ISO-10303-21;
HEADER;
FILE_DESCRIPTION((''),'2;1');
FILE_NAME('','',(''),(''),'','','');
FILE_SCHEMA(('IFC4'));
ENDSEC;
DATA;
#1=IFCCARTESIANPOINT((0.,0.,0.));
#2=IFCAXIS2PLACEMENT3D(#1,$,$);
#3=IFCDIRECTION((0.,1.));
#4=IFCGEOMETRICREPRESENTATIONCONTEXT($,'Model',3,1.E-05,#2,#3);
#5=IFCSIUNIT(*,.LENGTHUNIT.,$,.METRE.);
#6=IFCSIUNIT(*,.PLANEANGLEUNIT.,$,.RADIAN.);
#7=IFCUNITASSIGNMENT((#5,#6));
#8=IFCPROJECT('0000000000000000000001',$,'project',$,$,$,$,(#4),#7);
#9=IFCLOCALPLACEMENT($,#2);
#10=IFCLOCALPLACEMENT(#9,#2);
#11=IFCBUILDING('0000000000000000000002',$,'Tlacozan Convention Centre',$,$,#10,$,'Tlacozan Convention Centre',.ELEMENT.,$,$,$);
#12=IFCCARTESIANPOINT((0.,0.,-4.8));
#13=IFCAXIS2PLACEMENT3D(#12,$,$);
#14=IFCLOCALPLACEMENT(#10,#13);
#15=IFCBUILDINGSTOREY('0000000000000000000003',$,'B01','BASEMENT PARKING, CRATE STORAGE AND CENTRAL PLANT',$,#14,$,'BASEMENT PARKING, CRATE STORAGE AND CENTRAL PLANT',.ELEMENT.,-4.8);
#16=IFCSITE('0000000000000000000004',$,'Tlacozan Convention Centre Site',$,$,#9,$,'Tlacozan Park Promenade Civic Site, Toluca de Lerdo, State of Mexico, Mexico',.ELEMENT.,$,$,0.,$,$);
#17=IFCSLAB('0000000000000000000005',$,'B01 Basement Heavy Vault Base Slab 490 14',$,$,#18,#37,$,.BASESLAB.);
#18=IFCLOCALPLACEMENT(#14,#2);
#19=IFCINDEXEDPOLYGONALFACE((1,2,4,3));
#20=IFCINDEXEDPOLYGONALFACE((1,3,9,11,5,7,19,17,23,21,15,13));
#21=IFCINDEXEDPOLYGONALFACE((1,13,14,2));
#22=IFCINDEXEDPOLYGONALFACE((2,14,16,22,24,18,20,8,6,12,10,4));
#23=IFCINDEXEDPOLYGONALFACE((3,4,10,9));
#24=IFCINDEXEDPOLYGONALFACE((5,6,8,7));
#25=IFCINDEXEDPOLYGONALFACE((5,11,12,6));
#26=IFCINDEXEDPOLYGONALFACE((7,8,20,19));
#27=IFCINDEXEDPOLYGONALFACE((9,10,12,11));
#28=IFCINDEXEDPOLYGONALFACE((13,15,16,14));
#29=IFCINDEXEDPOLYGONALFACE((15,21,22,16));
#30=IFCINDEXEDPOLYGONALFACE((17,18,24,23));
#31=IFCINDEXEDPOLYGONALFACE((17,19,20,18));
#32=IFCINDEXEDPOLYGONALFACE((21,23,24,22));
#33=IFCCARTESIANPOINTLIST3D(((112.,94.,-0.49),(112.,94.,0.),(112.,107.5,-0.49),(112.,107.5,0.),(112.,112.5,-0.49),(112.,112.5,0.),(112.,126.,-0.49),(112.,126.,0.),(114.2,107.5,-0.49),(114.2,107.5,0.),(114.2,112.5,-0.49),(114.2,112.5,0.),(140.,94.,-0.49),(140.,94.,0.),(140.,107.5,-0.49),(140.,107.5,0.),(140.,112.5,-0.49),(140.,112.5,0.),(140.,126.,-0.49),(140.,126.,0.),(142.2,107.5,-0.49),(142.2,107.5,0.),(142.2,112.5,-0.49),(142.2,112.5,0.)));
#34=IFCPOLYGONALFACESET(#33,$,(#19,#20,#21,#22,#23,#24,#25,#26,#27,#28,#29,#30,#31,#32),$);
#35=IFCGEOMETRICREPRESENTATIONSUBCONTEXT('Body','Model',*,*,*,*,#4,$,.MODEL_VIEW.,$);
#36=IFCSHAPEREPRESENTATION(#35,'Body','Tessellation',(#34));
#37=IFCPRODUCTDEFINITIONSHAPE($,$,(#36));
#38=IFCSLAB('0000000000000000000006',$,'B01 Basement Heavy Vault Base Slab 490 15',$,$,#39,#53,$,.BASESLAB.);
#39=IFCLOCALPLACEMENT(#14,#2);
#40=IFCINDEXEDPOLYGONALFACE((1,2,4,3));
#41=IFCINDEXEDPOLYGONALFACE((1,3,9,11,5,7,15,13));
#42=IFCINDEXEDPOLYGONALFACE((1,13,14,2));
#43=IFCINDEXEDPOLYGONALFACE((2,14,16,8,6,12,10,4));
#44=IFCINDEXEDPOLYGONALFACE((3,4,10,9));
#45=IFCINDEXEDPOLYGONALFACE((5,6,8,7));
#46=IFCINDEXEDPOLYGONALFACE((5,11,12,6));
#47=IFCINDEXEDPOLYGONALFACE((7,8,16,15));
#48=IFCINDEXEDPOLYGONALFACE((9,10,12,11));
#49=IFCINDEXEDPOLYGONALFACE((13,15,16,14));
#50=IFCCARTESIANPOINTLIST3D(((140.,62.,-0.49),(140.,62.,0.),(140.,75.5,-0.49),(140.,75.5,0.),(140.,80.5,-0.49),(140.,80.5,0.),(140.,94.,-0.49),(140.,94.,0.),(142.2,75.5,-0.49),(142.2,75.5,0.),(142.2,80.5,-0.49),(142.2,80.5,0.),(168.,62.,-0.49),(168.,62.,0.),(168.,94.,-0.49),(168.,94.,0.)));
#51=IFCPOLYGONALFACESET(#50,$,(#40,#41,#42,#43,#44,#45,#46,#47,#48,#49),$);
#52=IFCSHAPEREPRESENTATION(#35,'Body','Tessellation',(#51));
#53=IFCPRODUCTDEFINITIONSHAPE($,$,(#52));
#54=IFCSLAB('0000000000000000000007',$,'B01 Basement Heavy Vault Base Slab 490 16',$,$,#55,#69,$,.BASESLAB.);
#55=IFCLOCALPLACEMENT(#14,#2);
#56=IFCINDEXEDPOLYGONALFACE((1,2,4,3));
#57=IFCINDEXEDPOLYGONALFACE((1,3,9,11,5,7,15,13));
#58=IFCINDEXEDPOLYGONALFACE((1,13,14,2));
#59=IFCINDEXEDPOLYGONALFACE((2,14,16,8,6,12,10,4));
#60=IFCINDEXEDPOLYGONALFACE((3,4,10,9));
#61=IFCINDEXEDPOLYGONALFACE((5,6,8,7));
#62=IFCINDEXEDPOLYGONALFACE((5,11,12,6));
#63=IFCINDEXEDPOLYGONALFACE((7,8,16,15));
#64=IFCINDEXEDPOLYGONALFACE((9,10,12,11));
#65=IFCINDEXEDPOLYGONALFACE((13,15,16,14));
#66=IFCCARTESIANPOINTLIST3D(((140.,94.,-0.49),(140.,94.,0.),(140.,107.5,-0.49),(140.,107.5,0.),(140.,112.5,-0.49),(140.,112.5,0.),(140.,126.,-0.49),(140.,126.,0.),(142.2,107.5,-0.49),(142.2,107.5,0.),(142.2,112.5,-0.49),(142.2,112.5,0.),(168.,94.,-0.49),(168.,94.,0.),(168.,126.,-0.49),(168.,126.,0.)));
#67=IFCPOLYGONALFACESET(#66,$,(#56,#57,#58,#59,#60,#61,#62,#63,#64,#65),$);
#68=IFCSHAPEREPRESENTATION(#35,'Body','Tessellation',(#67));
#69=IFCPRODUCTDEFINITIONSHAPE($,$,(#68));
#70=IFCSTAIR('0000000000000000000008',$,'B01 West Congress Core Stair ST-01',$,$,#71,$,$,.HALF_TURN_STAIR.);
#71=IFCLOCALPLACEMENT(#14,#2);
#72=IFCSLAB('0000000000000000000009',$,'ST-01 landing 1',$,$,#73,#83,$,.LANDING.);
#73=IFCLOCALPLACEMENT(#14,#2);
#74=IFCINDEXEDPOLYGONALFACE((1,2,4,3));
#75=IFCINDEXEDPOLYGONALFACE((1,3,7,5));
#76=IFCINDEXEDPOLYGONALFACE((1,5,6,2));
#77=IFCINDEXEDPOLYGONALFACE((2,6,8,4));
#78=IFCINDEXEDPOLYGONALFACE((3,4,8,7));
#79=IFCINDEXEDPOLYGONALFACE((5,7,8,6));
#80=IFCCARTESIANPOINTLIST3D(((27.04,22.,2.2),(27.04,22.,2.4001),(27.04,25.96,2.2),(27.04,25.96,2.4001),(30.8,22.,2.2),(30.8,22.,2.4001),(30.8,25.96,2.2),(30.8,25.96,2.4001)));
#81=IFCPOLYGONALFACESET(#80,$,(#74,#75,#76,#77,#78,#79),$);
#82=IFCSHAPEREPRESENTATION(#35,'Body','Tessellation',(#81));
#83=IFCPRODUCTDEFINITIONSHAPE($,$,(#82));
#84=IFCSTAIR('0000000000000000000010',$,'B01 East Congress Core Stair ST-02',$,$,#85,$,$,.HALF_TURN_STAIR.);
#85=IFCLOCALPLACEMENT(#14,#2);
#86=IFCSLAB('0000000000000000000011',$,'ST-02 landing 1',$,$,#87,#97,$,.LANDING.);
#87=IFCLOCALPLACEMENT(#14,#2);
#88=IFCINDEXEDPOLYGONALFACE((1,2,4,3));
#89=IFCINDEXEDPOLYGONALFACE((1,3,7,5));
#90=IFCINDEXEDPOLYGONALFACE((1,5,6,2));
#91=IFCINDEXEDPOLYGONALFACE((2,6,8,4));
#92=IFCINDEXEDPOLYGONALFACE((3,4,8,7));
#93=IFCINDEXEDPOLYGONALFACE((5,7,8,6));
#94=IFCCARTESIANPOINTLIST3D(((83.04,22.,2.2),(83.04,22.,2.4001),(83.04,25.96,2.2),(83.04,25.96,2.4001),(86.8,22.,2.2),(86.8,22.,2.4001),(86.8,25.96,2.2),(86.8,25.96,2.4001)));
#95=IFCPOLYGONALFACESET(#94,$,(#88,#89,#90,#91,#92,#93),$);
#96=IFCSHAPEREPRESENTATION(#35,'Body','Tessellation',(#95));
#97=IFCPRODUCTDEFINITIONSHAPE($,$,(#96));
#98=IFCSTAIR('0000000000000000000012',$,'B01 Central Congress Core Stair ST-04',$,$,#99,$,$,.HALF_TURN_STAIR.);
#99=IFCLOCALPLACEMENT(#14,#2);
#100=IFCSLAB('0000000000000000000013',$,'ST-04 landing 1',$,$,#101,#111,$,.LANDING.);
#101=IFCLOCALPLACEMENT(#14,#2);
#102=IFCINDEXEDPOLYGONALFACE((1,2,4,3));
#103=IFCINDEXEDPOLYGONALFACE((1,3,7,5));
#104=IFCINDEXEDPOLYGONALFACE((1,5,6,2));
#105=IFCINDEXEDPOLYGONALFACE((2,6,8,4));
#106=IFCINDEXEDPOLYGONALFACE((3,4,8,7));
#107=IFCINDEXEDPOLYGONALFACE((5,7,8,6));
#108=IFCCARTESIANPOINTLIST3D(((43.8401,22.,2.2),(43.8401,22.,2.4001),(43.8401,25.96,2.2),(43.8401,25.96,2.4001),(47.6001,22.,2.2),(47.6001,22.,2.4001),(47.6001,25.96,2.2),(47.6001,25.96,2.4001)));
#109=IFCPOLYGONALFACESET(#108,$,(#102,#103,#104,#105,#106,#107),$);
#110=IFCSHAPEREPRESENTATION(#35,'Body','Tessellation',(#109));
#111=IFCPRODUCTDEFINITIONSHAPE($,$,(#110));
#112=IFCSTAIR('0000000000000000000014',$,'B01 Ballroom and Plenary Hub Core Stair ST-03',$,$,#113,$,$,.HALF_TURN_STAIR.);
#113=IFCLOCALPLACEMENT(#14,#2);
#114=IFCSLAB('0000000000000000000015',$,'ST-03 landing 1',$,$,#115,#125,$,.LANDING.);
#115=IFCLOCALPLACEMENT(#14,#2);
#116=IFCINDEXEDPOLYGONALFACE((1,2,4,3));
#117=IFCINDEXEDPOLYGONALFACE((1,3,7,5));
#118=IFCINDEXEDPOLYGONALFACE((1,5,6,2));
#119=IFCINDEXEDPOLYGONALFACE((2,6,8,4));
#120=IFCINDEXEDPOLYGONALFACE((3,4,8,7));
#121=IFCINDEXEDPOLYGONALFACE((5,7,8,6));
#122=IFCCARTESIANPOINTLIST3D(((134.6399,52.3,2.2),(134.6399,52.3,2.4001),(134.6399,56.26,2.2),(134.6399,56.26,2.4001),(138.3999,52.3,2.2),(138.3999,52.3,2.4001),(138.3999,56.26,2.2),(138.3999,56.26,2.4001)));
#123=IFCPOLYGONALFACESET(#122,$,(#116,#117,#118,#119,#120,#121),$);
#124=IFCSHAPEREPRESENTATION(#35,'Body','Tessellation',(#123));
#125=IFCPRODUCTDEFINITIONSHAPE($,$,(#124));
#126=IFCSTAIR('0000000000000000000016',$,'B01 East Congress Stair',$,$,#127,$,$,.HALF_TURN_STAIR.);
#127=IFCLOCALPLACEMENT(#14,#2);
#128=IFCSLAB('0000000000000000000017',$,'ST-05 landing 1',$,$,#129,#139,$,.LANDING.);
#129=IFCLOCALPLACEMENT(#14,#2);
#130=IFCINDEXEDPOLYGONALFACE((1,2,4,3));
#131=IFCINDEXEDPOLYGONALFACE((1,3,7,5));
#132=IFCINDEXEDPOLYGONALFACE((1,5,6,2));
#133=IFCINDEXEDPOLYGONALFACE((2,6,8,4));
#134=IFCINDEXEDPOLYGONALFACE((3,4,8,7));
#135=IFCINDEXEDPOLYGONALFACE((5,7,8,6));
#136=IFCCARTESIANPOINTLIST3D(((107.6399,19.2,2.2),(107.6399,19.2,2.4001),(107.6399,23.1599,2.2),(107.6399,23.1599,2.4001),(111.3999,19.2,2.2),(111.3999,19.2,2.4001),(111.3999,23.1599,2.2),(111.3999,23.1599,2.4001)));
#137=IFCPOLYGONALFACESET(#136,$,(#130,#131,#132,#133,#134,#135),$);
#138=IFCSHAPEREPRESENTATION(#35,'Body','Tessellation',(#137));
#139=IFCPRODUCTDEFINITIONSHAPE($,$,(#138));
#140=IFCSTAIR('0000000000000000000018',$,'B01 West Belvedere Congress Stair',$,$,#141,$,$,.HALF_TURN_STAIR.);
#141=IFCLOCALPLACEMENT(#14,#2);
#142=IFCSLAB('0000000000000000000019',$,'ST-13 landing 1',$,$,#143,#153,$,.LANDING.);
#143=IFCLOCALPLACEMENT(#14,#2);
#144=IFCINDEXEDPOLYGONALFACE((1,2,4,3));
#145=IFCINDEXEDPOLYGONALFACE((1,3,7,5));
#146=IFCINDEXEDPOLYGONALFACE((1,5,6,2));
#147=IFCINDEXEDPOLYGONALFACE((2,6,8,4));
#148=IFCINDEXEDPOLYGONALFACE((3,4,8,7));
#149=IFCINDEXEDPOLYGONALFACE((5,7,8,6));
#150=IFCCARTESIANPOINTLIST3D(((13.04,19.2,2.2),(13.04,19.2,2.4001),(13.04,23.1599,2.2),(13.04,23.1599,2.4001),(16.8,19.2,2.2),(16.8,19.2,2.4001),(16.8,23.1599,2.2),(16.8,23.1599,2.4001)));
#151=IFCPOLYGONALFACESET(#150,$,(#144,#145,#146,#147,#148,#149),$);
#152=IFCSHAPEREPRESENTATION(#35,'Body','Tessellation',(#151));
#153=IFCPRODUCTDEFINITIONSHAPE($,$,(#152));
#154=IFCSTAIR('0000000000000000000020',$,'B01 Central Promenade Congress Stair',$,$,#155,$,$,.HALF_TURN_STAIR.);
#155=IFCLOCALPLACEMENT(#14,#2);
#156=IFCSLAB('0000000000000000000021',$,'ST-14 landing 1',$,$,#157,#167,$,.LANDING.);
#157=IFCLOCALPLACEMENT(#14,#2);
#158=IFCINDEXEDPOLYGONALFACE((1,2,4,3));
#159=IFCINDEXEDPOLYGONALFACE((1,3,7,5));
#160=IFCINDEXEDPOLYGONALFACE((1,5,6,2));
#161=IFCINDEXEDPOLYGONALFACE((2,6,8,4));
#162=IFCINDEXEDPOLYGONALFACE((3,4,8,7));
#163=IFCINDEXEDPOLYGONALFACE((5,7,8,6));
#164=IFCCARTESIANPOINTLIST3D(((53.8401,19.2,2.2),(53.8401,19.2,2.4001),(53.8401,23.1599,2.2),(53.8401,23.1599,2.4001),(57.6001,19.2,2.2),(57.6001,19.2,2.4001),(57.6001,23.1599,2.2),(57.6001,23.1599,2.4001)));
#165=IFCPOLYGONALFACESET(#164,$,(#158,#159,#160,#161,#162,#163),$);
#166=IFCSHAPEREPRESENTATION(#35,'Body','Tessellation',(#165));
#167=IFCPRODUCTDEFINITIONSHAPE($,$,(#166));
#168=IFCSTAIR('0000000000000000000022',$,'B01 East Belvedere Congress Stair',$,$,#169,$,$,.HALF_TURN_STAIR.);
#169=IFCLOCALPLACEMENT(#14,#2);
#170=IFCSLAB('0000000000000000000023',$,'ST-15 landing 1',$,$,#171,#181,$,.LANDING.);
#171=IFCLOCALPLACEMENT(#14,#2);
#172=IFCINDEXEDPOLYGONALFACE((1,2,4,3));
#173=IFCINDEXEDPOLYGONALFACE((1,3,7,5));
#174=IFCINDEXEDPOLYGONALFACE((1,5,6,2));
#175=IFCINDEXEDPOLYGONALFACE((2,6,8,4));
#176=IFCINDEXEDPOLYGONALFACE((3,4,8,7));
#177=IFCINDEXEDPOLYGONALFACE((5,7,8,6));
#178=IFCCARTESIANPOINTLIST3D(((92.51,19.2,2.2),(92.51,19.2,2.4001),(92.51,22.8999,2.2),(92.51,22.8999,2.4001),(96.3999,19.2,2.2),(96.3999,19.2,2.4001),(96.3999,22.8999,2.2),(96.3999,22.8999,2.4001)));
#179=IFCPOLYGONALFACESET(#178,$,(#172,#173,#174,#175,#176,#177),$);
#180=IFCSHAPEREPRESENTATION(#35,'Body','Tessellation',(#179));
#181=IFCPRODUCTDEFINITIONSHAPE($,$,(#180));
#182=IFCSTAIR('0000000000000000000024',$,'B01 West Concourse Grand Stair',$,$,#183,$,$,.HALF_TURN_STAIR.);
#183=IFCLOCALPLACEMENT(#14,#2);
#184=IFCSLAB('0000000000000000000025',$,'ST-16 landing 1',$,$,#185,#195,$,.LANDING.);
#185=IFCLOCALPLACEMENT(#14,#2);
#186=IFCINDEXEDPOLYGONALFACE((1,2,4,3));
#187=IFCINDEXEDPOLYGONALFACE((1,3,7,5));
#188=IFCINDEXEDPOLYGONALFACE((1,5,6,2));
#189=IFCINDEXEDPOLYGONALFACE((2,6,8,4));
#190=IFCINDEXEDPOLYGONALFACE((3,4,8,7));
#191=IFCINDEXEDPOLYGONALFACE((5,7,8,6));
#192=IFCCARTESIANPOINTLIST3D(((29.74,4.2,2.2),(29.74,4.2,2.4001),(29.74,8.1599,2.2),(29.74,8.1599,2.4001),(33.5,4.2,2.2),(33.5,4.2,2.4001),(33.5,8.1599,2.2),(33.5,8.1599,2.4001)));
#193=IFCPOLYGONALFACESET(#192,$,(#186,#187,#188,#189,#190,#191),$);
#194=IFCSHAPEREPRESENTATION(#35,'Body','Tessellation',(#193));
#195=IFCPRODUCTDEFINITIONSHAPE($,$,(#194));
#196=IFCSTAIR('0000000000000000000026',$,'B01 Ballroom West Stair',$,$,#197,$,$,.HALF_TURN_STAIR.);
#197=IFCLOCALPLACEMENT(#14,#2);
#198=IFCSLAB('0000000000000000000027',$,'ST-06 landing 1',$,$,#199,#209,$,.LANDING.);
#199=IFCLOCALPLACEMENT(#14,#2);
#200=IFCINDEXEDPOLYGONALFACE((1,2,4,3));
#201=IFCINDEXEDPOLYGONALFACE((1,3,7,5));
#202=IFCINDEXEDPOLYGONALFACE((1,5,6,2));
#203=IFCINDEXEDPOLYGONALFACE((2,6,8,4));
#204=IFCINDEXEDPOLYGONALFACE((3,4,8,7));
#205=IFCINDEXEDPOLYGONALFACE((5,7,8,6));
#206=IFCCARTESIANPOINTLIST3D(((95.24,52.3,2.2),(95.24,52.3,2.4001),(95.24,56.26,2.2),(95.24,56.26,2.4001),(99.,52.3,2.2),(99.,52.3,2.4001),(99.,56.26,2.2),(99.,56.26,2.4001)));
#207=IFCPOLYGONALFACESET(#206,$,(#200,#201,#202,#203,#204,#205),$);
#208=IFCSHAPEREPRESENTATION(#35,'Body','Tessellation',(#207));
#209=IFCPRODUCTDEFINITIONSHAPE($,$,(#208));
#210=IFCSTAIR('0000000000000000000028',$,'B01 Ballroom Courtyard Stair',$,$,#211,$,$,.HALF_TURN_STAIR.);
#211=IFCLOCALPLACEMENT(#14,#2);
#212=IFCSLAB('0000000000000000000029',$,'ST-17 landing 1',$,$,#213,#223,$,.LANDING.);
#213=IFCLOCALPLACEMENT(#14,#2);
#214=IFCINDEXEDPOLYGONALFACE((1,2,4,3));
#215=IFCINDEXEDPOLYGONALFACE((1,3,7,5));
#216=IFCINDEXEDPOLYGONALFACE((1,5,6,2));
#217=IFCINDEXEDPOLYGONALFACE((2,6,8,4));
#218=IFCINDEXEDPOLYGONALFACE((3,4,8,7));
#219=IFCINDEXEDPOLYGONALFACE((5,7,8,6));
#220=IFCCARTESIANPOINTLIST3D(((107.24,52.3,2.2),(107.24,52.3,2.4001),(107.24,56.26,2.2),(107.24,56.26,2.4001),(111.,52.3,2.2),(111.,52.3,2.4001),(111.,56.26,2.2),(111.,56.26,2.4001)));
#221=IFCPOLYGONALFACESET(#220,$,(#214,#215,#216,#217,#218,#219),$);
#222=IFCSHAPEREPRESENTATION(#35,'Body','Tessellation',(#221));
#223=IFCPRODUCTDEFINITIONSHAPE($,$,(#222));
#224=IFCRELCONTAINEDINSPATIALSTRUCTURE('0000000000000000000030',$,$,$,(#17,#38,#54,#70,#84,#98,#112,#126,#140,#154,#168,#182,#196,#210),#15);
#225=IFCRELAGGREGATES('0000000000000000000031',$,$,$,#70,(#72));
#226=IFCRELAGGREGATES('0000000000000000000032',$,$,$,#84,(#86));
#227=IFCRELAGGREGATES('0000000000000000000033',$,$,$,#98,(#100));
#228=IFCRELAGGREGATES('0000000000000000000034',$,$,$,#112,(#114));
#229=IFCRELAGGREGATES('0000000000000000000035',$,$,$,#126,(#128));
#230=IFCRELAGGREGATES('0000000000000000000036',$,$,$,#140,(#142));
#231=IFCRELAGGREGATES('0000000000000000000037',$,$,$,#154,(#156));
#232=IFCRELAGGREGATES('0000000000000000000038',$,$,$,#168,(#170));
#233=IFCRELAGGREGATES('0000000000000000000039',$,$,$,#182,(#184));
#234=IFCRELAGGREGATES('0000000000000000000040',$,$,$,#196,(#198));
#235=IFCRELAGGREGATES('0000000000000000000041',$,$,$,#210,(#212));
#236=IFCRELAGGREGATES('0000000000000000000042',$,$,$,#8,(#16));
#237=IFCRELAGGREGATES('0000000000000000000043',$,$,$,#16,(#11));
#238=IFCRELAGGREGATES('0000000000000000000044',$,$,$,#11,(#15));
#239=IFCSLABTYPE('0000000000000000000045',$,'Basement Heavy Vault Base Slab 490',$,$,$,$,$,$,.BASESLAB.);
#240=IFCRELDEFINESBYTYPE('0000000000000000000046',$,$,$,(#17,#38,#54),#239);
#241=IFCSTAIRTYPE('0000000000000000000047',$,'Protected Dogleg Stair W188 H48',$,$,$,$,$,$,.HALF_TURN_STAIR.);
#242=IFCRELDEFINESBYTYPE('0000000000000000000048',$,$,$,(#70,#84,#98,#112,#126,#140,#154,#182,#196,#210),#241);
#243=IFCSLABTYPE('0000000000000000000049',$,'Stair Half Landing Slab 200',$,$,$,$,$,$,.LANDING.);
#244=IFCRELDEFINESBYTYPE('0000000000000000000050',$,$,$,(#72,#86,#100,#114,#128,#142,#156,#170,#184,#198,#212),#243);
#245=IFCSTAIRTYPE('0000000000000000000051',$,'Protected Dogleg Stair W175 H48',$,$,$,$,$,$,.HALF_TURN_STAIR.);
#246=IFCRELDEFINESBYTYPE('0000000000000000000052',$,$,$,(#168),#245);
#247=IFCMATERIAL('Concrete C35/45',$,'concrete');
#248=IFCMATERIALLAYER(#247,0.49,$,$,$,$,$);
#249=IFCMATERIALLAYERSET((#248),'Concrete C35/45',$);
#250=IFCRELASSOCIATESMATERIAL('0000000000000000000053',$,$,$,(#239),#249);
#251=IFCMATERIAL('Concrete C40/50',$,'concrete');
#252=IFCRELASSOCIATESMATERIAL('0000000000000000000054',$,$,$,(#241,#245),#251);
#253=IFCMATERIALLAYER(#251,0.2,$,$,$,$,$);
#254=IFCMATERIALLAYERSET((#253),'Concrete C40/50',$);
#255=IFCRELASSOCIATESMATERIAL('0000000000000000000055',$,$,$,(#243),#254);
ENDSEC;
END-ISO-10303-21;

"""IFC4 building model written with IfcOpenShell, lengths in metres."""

from ifc_helpers import new_model, si_unit, direction, frame, origin, place, context, subcontext, project, spatial, polyline, outline, extrude, material, layer, layer_set, type_object, element, aggregate, save


model = new_model("IFC4")

# Units and contexts
model_context = context("Model", 3, precision=1e-05, world=origin(), true_north=direction((0.0, 1.0)))
body_context = subcontext(model_context, "Body", "Model", "MODEL_VIEW")
ifc_project = project(units=[si_unit("LENGTHUNIT", "METRE"), si_unit("PLANEANGLEUNIT", "RADIAN")], contexts=[model_context])

# Site, building, storey
site_placement = place(None, origin())
site = spatial("IfcSite", under=ifc_project, at=site_placement, Name="Tlacozan Convention Centre Site", LongName="Tlacozan Park Promenade Civic Site, Toluca de Lerdo, State of Mexico, Mexico", CompositionType="ELEMENT", RefElevation=0.0)
building_placement = place(site_placement, origin())
building = spatial("IfcBuilding", under=site, at=building_placement, Name="Tlacozan Convention Centre", LongName="Tlacozan Convention Centre", CompositionType="ELEMENT")
storey_placement = place(building_placement, frame((0.0, 0.0, -4.8)))
storey = spatial("IfcBuildingStorey", under=building, at=storey_placement, Name="B01", Description="BASEMENT PARKING, CRATE STORAGE AND CENTRAL PLANT", LongName="BASEMENT PARKING, CRATE STORAGE AND CENTRAL PLANT", CompositionType="ELEMENT", Elevation=-4.8)

# Slabs
ifc_material_1 = material(Name="Concrete C35/45", Category="concrete")
ifc_layer_1 = layer(ifc_material_1, 0.49)
ifc_layer_set_1 = layer_set([ifc_layer_1], Name="Concrete C35/45")
slab_type_1 = type_object("IfcSlabType", Name="Basement Heavy Vault Base Slab 490", PredefinedType="BASESLAB", material=ifc_layer_set_1)
slab_1_placement = place(storey_placement, frame((0.0, 0.0, -0.49)))
element("IfcSlab", 1, at=slab_1_placement, inside=storey, type_object=slab_type_1, Name="B01 Basement Heavy Vault Base Slab 490 14", PredefinedType="BASESLAB", context=body_context, shape_type="SweptSolid", body=[
    extrude(outline(polyline([(112.0, 107.5), (114.2, 107.5), (114.2, 112.5), (112.0, 112.5), (112.0, 126.0), (140.0, 126.0), (140.0, 112.5), (142.2, 112.5), (142.2, 107.5), (140.0, 107.5), (140.0, 94.0), (112.0, 94.0), (112.0, 107.5)])), origin(), (0.0, 0.0, 1.0), 0.49),
])
slab_2_placement = place(storey_placement, frame((0.0, 0.0, -0.49)))
element("IfcSlab", 2, at=slab_2_placement, inside=storey, type_object=slab_type_1, Name="B01 Basement Heavy Vault Base Slab 490 15", PredefinedType="BASESLAB", context=body_context, shape_type="SweptSolid", body=[
    extrude(outline(polyline([(168.0, 94.0), (168.0, 62.0), (140.0, 62.0), (140.0, 75.5), (142.2, 75.5), (142.2, 80.5), (140.0, 80.5), (140.0, 94.0), (168.0, 94.0)])), origin(), (0.0, 0.0, 1.0), 0.49),
])
slab_3_placement = place(storey_placement, frame((0.0, 0.0, -0.49)))
element("IfcSlab", 3, at=slab_3_placement, inside=storey, type_object=slab_type_1, Name="B01 Basement Heavy Vault Base Slab 490 16", PredefinedType="BASESLAB", context=body_context, shape_type="SweptSolid", body=[
    extrude(outline(polyline([(168.0, 126.0), (168.0, 94.0), (140.0, 94.0), (140.0, 107.5), (142.2, 107.5), (142.2, 112.5), (140.0, 112.5), (140.0, 126.0), (168.0, 126.0)])), origin(), (0.0, 0.0, 1.0), 0.49),
])

# Stairs, slabs
ifc_material_2 = material(Name="Concrete C40/50", Category="concrete")
stair_type_1 = type_object("IfcStairType", Name="Protected Dogleg Stair W188 H48", PredefinedType="HALF_TURN_STAIR", material=ifc_material_2)
stair_1_placement = place(storey_placement, origin())
stair_1 = element("IfcStair", 4, at=stair_1_placement, inside=storey, type_object=stair_type_1, Name="B01 West Congress Core Stair ST-01", PredefinedType="HALF_TURN_STAIR")
ifc_layer_2 = layer(ifc_material_2, 0.2)
ifc_layer_set_2 = layer_set([ifc_layer_2], Name="Concrete C40/50")
slab_type_2 = type_object("IfcSlabType", Name="Stair Half Landing Slab 200", PredefinedType="LANDING", material=ifc_layer_set_2)
slab_4_placement = place(storey_placement, frame((0.0, 0.0, 2.2)))
slab_4 = element("IfcSlab", 5, at=slab_4_placement, type_object=slab_type_2, Name="ST-01 landing 1", PredefinedType="LANDING", context=body_context, shape_type="SweptSolid", body=[
    extrude(outline(polyline([(27.04, 22.0), (30.8, 22.0), (30.8, 25.96), (27.04, 25.96), (27.04, 22.0)])), origin(), (0.0, 0.0, 1.0), 0.2002),
])
aggregate(stair_1, [slab_4])
stair_2_placement = place(storey_placement, origin())
stair_2 = element("IfcStair", 6, at=stair_2_placement, inside=storey, type_object=stair_type_1, Name="B01 East Congress Core Stair ST-02", PredefinedType="HALF_TURN_STAIR")
slab_5_placement = place(storey_placement, frame((0.0, 0.0, 2.2)))
slab_5 = element("IfcSlab", 7, at=slab_5_placement, type_object=slab_type_2, Name="ST-02 landing 1", PredefinedType="LANDING", context=body_context, shape_type="SweptSolid", body=[
    extrude(outline(polyline([(83.04, 22.0), (86.8, 22.0), (86.8, 25.96), (83.04, 25.96), (83.04, 22.0)])), origin(), (0.0, 0.0, 1.0), 0.2002),
])
aggregate(stair_2, [slab_5])
stair_3_placement = place(storey_placement, origin())
stair_3 = element("IfcStair", 8, at=stair_3_placement, inside=storey, type_object=stair_type_1, Name="B01 Central Congress Core Stair ST-04", PredefinedType="HALF_TURN_STAIR")
slab_6_placement = place(storey_placement, frame((0.0, 0.0, 2.2)))
slab_6 = element("IfcSlab", 9, at=slab_6_placement, type_object=slab_type_2, Name="ST-04 landing 1", PredefinedType="LANDING", context=body_context, shape_type="SweptSolid", body=[
    extrude(outline(polyline([(43.8401, 22.0), (47.6001, 22.0), (47.6001, 25.96), (43.8401, 25.96), (43.8401, 22.0)])), origin(), (0.0, 0.0, 1.0), 0.2002),
])
aggregate(stair_3, [slab_6])
stair_4_placement = place(storey_placement, origin())
stair_4 = element("IfcStair", 10, at=stair_4_placement, inside=storey, type_object=stair_type_1, Name="B01 Ballroom and Plenary Hub Core Stair ST-03", PredefinedType="HALF_TURN_STAIR")
slab_7_placement = place(storey_placement, frame((0.0, 0.0, 2.2)))
slab_7 = element("IfcSlab", 11, at=slab_7_placement, type_object=slab_type_2, Name="ST-03 landing 1", PredefinedType="LANDING", context=body_context, shape_type="SweptSolid", body=[
    extrude(outline(polyline([(134.6399, 52.3), (138.3999, 52.3), (138.3999, 56.26), (134.6399, 56.26), (134.6399, 52.3)])), origin(), (0.0, 0.0, 1.0), 0.2002),
])
aggregate(stair_4, [slab_7])
stair_5_placement = place(storey_placement, origin())
stair_5 = element("IfcStair", 12, at=stair_5_placement, inside=storey, type_object=stair_type_1, Name="B01 East Congress Stair", PredefinedType="HALF_TURN_STAIR")
slab_8_placement = place(storey_placement, frame((0.0, 0.0, 2.2)))
slab_8 = element("IfcSlab", 13, at=slab_8_placement, type_object=slab_type_2, Name="ST-05 landing 1", PredefinedType="LANDING", context=body_context, shape_type="SweptSolid", body=[
    extrude(outline(polyline([(107.6399, 19.2), (111.3999, 19.2), (111.3999, 23.1599), (107.6399, 23.1599), (107.6399, 19.2)])), origin(), (0.0, 0.0, 1.0), 0.2002),
])
aggregate(stair_5, [slab_8])
stair_6_placement = place(storey_placement, origin())
stair_6 = element("IfcStair", 14, at=stair_6_placement, inside=storey, type_object=stair_type_1, Name="B01 West Belvedere Congress Stair", PredefinedType="HALF_TURN_STAIR")
slab_9_placement = place(storey_placement, frame((0.0, 0.0, 2.2)))
slab_9 = element("IfcSlab", 15, at=slab_9_placement, type_object=slab_type_2, Name="ST-13 landing 1", PredefinedType="LANDING", context=body_context, shape_type="SweptSolid", body=[
    extrude(outline(polyline([(13.04, 19.2), (16.8, 19.2), (16.8, 23.1599), (13.04, 23.1599), (13.04, 19.2)])), origin(), (0.0, 0.0, 1.0), 0.2002),
])
aggregate(stair_6, [slab_9])
stair_7_placement = place(storey_placement, origin())
stair_7 = element("IfcStair", 16, at=stair_7_placement, inside=storey, type_object=stair_type_1, Name="B01 Central Promenade Congress Stair", PredefinedType="HALF_TURN_STAIR")
slab_10_placement = place(storey_placement, frame((0.0, 0.0, 2.2)))
slab_10 = element("IfcSlab", 17, at=slab_10_placement, type_object=slab_type_2, Name="ST-14 landing 1", PredefinedType="LANDING", context=body_context, shape_type="SweptSolid", body=[
    extrude(outline(polyline([(53.8401, 19.2), (57.6001, 19.2), (57.6001, 23.1599), (53.8401, 23.1599), (53.8401, 19.2)])), origin(), (0.0, 0.0, 1.0), 0.2002),
])
aggregate(stair_7, [slab_10])
stair_type_2 = type_object("IfcStairType", Name="Protected Dogleg Stair W175 H48", PredefinedType="HALF_TURN_STAIR", material=ifc_material_2)
stair_8_placement = place(storey_placement, origin())
stair_8 = element("IfcStair", 18, at=stair_8_placement, inside=storey, type_object=stair_type_2, Name="B01 East Belvedere Congress Stair", PredefinedType="HALF_TURN_STAIR")
slab_11_placement = place(storey_placement, frame((0.0, 0.0, 2.2)))
slab_11 = element("IfcSlab", 19, at=slab_11_placement, type_object=slab_type_2, Name="ST-15 landing 1", PredefinedType="LANDING", context=body_context, shape_type="SweptSolid", body=[
    extrude(outline(polyline([(92.51, 19.2), (96.3999, 19.2), (96.3999, 22.8999), (92.51, 22.8999), (92.51, 19.2)])), origin(), (0.0, 0.0, 1.0), 0.2002),
])
aggregate(stair_8, [slab_11])
stair_9_placement = place(storey_placement, origin())
stair_9 = element("IfcStair", 20, at=stair_9_placement, inside=storey, type_object=stair_type_1, Name="B01 West Concourse Grand Stair", PredefinedType="HALF_TURN_STAIR")
slab_12_placement = place(storey_placement, frame((0.0, 0.0, 2.2)))
slab_12 = element("IfcSlab", 21, at=slab_12_placement, type_object=slab_type_2, Name="ST-16 landing 1", PredefinedType="LANDING", context=body_context, shape_type="SweptSolid", body=[
    extrude(outline(polyline([(29.74, 4.2), (33.5, 4.2), (33.5, 8.1599), (29.74, 8.1599), (29.74, 4.2)])), origin(), (0.0, 0.0, 1.0), 0.2002),
])
aggregate(stair_9, [slab_12])
stair_10_placement = place(storey_placement, origin())
stair_10 = element("IfcStair", 22, at=stair_10_placement, inside=storey, type_object=stair_type_1, Name="B01 Ballroom West Stair", PredefinedType="HALF_TURN_STAIR")
slab_13_placement = place(storey_placement, frame((0.0, 0.0, 2.2)))
slab_13 = element("IfcSlab", 23, at=slab_13_placement, type_object=slab_type_2, Name="ST-06 landing 1", PredefinedType="LANDING", context=body_context, shape_type="SweptSolid", body=[
    extrude(outline(polyline([(95.24, 52.3), (99.0, 52.3), (99.0, 56.26), (95.24, 56.26), (95.24, 52.3)])), origin(), (0.0, 0.0, 1.0), 0.2002),
])
aggregate(stair_10, [slab_13])
stair_11_placement = place(storey_placement, origin())
stair_11 = element("IfcStair", 24, at=stair_11_placement, inside=storey, type_object=stair_type_1, Name="B01 Ballroom Courtyard Stair", PredefinedType="HALF_TURN_STAIR")
slab_14_placement = place(storey_placement, frame((0.0, 0.0, 2.2)))
slab_14 = element("IfcSlab", 25, at=slab_14_placement, type_object=slab_type_2, Name="ST-17 landing 1", PredefinedType="LANDING", context=body_context, shape_type="SweptSolid", body=[
    extrude(outline(polyline([(107.24, 52.3), (111.0, 52.3), (111.0, 56.26), (107.24, 56.26), (107.24, 52.3)])), origin(), (0.0, 0.0, 1.0), 0.2002),
])
aggregate(stair_11, [slab_14])

save(model, "model.ifc")
